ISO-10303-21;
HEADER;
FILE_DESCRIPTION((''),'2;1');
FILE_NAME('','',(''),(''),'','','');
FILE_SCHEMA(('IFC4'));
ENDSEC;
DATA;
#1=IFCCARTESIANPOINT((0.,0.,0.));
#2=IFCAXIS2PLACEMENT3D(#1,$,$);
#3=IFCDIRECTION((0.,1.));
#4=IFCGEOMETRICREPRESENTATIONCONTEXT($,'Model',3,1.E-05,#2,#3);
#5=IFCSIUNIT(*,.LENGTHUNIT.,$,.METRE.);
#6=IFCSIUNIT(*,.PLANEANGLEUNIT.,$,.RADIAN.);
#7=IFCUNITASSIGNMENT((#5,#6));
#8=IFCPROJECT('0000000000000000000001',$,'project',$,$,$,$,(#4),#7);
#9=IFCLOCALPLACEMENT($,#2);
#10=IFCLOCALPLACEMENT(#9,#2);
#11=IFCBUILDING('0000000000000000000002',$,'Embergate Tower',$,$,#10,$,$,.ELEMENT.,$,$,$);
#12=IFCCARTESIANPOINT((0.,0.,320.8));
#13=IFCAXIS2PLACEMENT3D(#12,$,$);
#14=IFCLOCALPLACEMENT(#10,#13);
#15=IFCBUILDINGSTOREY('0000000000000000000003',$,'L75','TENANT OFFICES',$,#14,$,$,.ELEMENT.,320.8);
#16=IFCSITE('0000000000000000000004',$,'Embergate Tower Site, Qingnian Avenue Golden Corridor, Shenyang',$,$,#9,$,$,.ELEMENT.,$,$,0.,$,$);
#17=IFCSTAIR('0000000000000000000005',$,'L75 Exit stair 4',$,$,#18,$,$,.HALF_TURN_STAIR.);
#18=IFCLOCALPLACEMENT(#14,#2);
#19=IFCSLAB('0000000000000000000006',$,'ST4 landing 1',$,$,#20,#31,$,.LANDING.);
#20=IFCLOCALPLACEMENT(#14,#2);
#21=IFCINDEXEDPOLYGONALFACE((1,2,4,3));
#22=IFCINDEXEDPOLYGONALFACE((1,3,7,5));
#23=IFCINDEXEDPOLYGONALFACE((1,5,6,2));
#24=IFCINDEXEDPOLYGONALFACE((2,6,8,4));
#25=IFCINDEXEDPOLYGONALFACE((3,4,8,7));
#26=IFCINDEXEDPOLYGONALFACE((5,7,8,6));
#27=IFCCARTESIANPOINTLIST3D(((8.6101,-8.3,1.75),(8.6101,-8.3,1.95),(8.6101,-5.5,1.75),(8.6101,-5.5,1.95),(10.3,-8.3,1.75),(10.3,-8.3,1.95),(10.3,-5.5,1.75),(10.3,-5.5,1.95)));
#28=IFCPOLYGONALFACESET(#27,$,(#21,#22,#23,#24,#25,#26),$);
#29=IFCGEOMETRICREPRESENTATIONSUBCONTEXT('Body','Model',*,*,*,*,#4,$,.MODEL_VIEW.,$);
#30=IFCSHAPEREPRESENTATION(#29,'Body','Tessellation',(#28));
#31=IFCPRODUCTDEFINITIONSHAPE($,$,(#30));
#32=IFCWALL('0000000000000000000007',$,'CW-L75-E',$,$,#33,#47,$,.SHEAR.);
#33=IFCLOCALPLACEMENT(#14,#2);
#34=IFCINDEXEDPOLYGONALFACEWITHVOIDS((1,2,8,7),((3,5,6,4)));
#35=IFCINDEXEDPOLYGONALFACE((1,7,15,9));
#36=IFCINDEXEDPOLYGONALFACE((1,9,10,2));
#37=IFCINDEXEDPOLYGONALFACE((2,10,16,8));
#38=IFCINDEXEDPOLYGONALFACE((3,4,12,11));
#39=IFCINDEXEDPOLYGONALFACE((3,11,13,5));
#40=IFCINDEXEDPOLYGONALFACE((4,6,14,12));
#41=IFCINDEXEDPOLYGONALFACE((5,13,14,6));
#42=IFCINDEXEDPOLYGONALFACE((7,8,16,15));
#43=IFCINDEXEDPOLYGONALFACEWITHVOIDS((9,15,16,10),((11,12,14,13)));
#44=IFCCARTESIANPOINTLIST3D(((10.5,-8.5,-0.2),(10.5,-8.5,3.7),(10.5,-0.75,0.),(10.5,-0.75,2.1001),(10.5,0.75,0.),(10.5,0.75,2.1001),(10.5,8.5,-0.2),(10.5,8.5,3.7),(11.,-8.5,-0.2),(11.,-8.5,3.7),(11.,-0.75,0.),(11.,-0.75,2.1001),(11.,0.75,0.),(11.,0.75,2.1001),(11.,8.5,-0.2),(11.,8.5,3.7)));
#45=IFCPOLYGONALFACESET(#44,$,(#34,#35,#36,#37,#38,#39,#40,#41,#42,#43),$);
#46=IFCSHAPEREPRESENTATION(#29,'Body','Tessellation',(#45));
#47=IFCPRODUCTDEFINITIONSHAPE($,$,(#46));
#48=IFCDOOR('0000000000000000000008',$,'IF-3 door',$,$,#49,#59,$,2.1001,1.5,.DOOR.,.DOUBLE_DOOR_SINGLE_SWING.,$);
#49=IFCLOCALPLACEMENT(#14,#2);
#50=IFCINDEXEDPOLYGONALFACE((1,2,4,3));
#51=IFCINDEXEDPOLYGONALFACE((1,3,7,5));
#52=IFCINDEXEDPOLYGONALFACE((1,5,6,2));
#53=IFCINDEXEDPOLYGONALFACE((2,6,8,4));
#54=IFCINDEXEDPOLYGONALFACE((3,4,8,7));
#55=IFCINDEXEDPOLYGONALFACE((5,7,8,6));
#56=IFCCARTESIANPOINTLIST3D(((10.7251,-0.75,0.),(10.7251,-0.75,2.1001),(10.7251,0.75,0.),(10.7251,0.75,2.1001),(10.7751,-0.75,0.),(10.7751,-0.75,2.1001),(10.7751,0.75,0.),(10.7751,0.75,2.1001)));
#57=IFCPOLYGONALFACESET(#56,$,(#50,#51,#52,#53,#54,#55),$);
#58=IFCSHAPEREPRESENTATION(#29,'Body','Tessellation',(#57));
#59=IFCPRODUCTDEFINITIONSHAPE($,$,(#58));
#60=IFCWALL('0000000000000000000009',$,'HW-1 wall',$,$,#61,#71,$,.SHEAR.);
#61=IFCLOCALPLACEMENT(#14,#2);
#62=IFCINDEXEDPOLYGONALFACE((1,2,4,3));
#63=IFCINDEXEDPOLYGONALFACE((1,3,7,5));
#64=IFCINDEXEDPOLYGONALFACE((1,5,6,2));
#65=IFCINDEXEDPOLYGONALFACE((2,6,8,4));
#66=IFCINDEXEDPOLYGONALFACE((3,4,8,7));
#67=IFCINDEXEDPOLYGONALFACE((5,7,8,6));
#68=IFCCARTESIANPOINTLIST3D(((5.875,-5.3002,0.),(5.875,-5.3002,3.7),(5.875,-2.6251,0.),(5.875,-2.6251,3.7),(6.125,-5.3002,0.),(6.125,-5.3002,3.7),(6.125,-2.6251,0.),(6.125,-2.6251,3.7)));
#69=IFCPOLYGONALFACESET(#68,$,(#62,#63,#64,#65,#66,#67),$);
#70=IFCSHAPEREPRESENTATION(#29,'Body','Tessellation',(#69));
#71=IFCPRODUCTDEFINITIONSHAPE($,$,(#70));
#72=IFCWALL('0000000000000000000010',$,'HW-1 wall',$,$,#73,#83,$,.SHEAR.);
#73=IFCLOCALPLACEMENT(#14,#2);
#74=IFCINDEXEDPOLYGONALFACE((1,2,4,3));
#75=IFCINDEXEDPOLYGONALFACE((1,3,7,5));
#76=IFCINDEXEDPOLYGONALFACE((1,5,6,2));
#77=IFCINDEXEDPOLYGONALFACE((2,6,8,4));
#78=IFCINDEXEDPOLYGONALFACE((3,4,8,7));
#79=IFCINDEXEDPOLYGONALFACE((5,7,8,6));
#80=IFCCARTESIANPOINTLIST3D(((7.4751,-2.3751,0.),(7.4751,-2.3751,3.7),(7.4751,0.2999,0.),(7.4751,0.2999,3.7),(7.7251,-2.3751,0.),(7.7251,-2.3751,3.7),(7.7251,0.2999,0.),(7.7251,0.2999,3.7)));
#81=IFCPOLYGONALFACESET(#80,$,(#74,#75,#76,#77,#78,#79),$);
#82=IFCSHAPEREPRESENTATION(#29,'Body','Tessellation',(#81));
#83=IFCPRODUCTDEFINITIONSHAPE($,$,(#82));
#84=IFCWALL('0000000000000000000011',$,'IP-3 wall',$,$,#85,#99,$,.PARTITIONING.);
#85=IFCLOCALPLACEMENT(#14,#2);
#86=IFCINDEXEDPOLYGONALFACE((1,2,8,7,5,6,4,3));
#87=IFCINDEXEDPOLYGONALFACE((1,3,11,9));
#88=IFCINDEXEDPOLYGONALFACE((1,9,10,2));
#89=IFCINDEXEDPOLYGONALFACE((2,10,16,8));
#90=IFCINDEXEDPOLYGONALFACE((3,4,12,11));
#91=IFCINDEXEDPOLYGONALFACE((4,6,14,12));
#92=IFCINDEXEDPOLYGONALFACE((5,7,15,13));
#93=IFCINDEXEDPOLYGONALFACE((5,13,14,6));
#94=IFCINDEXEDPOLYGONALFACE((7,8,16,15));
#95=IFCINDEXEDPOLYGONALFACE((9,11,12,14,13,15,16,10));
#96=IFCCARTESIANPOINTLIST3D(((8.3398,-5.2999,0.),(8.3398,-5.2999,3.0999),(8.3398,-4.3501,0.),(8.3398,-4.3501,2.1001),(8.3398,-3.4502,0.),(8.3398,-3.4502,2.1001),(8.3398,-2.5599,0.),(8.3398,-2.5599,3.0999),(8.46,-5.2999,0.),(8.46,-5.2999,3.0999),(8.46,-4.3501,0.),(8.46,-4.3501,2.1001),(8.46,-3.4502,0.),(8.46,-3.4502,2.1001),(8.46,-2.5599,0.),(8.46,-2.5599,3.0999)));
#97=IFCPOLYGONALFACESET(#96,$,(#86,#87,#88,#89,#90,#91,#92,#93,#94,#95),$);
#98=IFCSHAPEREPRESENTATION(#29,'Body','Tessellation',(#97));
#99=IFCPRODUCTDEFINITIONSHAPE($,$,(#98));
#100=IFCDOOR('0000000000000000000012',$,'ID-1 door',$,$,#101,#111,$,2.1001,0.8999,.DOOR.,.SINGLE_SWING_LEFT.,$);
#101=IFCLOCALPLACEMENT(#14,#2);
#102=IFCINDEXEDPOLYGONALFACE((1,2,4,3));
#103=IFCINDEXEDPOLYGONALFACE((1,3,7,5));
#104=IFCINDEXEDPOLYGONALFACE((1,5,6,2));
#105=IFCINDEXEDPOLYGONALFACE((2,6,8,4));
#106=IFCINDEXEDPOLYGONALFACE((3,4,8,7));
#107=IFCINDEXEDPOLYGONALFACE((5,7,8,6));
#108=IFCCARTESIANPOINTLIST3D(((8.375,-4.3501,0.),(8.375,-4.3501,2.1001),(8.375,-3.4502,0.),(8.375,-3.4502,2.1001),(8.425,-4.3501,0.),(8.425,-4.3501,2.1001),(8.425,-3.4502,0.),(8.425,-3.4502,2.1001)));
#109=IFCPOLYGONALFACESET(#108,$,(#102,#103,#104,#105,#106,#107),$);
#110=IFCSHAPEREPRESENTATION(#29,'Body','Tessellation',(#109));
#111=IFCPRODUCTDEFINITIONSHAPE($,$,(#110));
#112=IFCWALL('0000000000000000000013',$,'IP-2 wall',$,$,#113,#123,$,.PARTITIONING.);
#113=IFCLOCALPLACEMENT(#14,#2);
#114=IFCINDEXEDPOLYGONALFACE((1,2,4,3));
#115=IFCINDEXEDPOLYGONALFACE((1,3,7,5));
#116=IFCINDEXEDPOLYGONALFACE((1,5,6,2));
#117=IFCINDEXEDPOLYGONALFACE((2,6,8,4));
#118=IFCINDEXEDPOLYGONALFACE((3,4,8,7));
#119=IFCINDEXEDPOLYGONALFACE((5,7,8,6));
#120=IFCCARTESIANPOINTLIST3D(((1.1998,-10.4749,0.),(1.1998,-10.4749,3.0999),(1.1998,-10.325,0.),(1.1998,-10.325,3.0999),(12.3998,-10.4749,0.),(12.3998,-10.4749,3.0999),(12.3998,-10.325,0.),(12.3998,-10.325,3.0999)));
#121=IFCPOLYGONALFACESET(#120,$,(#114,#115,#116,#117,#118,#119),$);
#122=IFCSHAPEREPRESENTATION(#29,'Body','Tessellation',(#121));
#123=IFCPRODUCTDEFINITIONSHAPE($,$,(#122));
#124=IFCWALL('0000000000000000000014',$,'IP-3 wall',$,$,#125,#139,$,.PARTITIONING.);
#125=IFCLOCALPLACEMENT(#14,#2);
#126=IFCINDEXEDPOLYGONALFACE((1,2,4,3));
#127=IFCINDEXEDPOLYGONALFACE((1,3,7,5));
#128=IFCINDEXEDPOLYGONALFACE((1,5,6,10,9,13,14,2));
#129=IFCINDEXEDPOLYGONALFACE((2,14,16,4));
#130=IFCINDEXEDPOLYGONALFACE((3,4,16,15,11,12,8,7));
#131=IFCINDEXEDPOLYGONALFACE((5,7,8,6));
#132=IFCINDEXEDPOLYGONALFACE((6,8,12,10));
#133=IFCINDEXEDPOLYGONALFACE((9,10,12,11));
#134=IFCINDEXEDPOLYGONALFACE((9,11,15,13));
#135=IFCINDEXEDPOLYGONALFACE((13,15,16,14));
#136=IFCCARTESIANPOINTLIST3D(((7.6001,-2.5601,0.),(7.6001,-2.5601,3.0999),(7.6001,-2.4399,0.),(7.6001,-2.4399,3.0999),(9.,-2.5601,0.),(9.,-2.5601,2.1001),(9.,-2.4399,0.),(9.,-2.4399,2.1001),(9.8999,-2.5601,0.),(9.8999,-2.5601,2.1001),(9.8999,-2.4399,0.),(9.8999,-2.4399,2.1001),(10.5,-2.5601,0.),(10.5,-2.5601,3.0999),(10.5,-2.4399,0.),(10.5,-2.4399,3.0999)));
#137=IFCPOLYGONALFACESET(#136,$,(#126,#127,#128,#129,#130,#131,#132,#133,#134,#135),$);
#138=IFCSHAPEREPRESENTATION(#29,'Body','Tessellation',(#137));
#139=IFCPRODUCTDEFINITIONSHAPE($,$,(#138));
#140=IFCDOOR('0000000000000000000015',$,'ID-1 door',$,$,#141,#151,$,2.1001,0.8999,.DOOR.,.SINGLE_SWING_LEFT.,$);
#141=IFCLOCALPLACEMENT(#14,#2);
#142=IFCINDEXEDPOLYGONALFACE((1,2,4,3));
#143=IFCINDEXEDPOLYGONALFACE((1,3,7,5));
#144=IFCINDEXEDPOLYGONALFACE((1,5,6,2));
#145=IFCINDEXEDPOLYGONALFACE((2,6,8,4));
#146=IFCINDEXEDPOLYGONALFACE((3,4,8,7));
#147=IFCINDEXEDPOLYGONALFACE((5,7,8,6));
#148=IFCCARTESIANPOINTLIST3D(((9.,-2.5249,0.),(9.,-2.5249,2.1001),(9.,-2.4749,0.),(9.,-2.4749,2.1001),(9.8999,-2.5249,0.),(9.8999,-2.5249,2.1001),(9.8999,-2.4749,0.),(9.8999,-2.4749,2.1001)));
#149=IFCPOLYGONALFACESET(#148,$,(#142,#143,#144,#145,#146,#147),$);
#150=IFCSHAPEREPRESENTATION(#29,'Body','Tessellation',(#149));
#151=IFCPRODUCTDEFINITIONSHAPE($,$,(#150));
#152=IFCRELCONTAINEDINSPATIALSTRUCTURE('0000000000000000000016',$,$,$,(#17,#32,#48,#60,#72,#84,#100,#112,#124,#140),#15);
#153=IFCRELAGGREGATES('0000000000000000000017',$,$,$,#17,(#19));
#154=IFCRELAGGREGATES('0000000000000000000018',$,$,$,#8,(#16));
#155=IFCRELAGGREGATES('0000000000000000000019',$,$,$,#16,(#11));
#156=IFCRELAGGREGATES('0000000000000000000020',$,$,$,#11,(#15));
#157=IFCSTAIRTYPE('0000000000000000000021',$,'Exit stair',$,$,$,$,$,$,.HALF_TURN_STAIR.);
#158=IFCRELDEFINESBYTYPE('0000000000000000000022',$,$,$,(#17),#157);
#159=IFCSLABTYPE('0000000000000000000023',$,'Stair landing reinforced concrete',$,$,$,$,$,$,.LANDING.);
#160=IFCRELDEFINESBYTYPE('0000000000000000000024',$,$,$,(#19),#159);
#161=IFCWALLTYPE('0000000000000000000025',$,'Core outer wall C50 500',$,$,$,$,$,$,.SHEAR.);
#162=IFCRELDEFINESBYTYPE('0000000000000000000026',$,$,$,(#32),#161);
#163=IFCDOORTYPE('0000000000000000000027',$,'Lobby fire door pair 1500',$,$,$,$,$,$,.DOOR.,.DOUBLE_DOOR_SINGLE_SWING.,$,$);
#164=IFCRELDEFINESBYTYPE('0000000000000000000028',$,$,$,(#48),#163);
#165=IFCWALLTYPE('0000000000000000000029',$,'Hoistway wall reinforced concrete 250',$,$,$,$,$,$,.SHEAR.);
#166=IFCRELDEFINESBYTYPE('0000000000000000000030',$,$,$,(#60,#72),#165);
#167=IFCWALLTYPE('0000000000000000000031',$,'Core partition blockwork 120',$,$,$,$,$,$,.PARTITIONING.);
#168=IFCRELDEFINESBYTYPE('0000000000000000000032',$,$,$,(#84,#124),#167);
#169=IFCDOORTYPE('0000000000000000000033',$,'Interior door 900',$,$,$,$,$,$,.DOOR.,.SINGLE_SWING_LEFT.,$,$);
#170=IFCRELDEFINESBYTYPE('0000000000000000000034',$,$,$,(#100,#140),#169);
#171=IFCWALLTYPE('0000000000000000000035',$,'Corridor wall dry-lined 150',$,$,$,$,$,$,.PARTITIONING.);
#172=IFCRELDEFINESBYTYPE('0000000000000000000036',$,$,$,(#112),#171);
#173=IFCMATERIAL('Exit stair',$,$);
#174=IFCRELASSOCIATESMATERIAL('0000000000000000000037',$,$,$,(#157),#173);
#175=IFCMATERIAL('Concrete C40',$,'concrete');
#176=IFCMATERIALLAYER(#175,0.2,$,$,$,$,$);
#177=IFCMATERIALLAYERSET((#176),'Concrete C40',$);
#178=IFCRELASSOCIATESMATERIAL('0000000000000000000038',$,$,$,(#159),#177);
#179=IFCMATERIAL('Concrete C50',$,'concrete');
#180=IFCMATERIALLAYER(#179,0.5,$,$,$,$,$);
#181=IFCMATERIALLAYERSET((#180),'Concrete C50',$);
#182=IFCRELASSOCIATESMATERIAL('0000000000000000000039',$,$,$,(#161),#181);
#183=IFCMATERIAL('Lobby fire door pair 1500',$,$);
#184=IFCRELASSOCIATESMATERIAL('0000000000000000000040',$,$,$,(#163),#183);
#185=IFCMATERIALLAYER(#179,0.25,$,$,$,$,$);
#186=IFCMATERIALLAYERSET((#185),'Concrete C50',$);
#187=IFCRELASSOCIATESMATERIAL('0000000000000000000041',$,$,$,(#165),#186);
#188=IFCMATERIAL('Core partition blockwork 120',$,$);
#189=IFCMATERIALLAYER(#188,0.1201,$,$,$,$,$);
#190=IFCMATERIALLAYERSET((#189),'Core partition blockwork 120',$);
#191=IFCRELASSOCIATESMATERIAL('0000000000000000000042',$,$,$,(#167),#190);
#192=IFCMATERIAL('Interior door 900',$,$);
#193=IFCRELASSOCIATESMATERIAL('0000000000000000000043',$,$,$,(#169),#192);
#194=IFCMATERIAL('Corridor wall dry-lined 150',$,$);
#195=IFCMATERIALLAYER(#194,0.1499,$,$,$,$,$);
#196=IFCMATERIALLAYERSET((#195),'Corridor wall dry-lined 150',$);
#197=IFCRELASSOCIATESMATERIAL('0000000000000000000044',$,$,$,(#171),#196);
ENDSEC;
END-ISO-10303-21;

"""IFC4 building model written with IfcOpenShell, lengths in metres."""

from ifc_helpers import new_model, si_unit, direction, frame, frame_2d, origin, place, context, subcontext, project, spatial, polyline, rectangle, outline, extrude, source, transform, mapped, material, layer, layer_set, type_object, element, fill, aggregate, save


model = new_model("IFC4")

# Units and contexts
model_context = context("Model", 3, precision=1e-05, world=origin(), true_north=direction((0.0, 1.0)))
body_context = subcontext(model_context, "Body", "Model", "MODEL_VIEW")
ifc_project = project(units=[si_unit("LENGTHUNIT", "METRE"), si_unit("PLANEANGLEUNIT", "RADIAN")], contexts=[model_context])

# Site, building, storey
site_placement = place(None, origin())
site = spatial("IfcSite", under=ifc_project, at=site_placement, Name="Embergate Tower Site, Qingnian Avenue Golden Corridor, Shenyang", CompositionType="ELEMENT", RefElevation=0.0)
building_placement = place(site_placement, origin())
building = spatial("IfcBuilding", under=site, at=building_placement, Name="Embergate Tower", CompositionType="ELEMENT")
storey_placement = place(building_placement, frame((0.0, 0.0, 320.8)))
storey = spatial("IfcBuildingStorey", under=building, at=storey_placement, Name="L75", Description="TENANT OFFICES", CompositionType="ELEMENT", Elevation=320.8)

# Stair, slab
ifc_material_1 = material(Name="Exit stair")
stair_type = type_object("IfcStairType", Name="Exit stair", PredefinedType="HALF_TURN_STAIR", material=ifc_material_1)
stair_placement = place(storey_placement, origin())
stair = element("IfcStair", 1, at=stair_placement, inside=storey, type_object=stair_type, Name="L75 Exit stair 4", PredefinedType="HALF_TURN_STAIR")
ifc_material_2 = material(Name="Concrete C40", Category="concrete")
ifc_layer_1 = layer(ifc_material_2, 0.2)
ifc_layer_set_1 = layer_set([ifc_layer_1], Name="Concrete C40")
slab_type = type_object("IfcSlabType", Name="Stair landing reinforced concrete", PredefinedType="LANDING", material=ifc_layer_set_1)
shared_shape_1 = source(origin(), body_context, "Body", "SweptSolid", [
    extrude(outline(polyline([(0.0, 0.0), (1.6899, 0.0), (1.6899, 2.8), (0.0, 2.8), (0.0, 0.0)])), origin(), (0.0, 0.0, 1.0), 0.2),
])
slab_placement = place(storey_placement, frame((8.6101, -8.3, 1.75)))
slab = element("IfcSlab", 2, at=slab_placement, type_object=slab_type, Name="ST4 landing 1", PredefinedType="LANDING", context=body_context, shape_type="MappedRepresentation", body=[
    mapped(shared_shape_1, transform((0.0, 0.0, 0.0))),
])

# Wall, opening, door
ifc_material_3 = material(Name="Concrete C50", Category="concrete")
ifc_layer_2 = layer(ifc_material_3, 0.5)
ifc_layer_set_2 = layer_set([ifc_layer_2], Name="Concrete C50")
wall_type_1 = type_object("IfcWallType", Name="Core outer wall C50 500", PredefinedType="SHEAR", material=ifc_layer_set_2)
shared_shape_2 = source(origin(), body_context, "Body", "SweptSolid", [
    extrude(rectangle(XDim=17.0, YDim=0.5, at=frame_2d((8.5, 0.0))), origin(), (0.0, 0.0, 1.0), 3.8999),
])
wall_1_placement = place(storey_placement, frame((10.75, -8.5, -0.2), z_axis=(0.0, 0.0, 1.0), x_axis=(0.0, 1.0, 0.0)))
wall_1 = element("IfcWall", 3, at=wall_1_placement, inside=storey, type_object=wall_type_1, Name="CW-L75-E", PredefinedType="SHEAR", context=body_context, shape_type="MappedRepresentation", body=[
    mapped(shared_shape_2, transform((0.0, 0.0, 0.0))),
])
shared_shape_3 = source(origin(), body_context, "Body", "SweptSolid", [
    extrude(rectangle(XDim=1.5, YDim=2.1001, at=frame_2d((0.75, 1.05))), frame((0.0, 0.26, 0.0), z_axis=(0.0, -1.0, 0.0), x_axis=(1.0, 0.0, 0.0)), (0.0, 0.0, 1.0), 0.52),
])
opening_1_placement = place(wall_1_placement, frame((7.75, 0.0, 0.2)))
opening_1 = element("IfcOpeningElement", 4, at=opening_1_placement, cuts=wall_1, PredefinedType="OPENING", context=body_context, shape_type="MappedRepresentation", body=[
    mapped(shared_shape_3, transform((0.0, 0.0, 0.0))),
])
ifc_material_4 = material(Name="Lobby fire door pair 1500")
door_type_1 = type_object("IfcDoorType", Name="Lobby fire door pair 1500", OperationType="DOUBLE_DOOR_SINGLE_SWING", PredefinedType="DOOR", material=ifc_material_4)
shared_shape_4 = source(origin(), body_context, "Body", "SweptSolid", [
    extrude(rectangle(XDim=1.5, YDim=2.1001, at=frame_2d((0.75, 1.05))), frame((0.0, 0.0249, 0.0), z_axis=(0.0, -1.0, 0.0), x_axis=(1.0, 0.0, 0.0)), (0.0, 0.0, 1.0), 0.05),
])
door_1_placement = place(opening_1_placement, origin())
door_1 = element("IfcDoor", 5, at=door_1_placement, inside=storey, type_object=door_type_1, Name="IF-3 door", OperationType="DOUBLE_DOOR_SINGLE_SWING", OverallHeight=2.1001, OverallWidth=1.5, PredefinedType="DOOR", context=body_context, shape_type="MappedRepresentation", body=[
    mapped(shared_shape_4, transform((0.0, 0.0, 0.0))),
])
fill(opening_1, door_1)

# Walls
ifc_layer_3 = layer(ifc_material_3, 0.25)
ifc_layer_set_3 = layer_set([ifc_layer_3], Name="Concrete C50")
wall_type_2 = type_object("IfcWallType", Name="Hoistway wall reinforced concrete 250", PredefinedType="SHEAR", material=ifc_layer_set_3)
shared_shape_5 = source(origin(), body_context, "Body", "SweptSolid", [
    extrude(rectangle(XDim=2.675, YDim=0.25, at=frame_2d((1.3374, 0.0))), origin(), (0.0, 0.0, 1.0), 3.7),
])
for number, where, z_axis, x_axis, name in (
    (6, (6.0, -5.3, 0.0), (0.0, 0.0, 1.0), (0.0, 1.0, 0.0), "HW-1 wall"),
    (7, (7.6001, -2.375, 0.0), (0.0, 0.0, 1.0), (0.0, 1.0, 0.0), "HW-1 wall"),
):
    element("IfcWall", number, at=place(storey_placement, frame(where, z_axis=z_axis, x_axis=x_axis)), inside=storey, type_object=wall_type_2, Name=name, PredefinedType="SHEAR", context=body_context, shape_type="MappedRepresentation", body=[
        mapped(shared_shape_5, transform((0.0, 0.0, 0.0))),
    ])

# Wall, opening, door
ifc_material_5 = material(Name="Core partition blockwork 120")
ifc_layer_4 = layer(ifc_material_5, 0.1201)
ifc_layer_set_4 = layer_set([ifc_layer_4], Name="Core partition blockwork 120")
wall_type_3 = type_object("IfcWallType", Name="Core partition blockwork 120", PredefinedType="PARTITIONING", material=ifc_layer_set_4)
shared_shape_6 = source(origin(), body_context, "Body", "SweptSolid", [
    extrude(rectangle(XDim=2.74, YDim=0.1201, at=frame_2d((1.3701, 0.0))), origin(), (0.0, 0.0, 1.0), 3.0999),
])
wall_2_placement = place(storey_placement, frame((8.3999, -5.3, 0.0), z_axis=(0.0, 0.0, 1.0), x_axis=(0.0, 1.0, 0.0)))
wall_2 = element("IfcWall", 8, at=wall_2_placement, inside=storey, type_object=wall_type_3, Name="IP-3 wall", PredefinedType="PARTITIONING", context=body_context, shape_type="MappedRepresentation", body=[
    mapped(shared_shape_6, transform((0.0, 0.0, 0.0))),
])
shared_shape_7 = source(origin(), body_context, "Body", "SweptSolid", [
    extrude(rectangle(XDim=0.8999, YDim=2.1001, at=frame_2d((0.45, 1.05))), frame((0.0, 0.0701, 0.0), z_axis=(0.0, -1.0, 0.0), x_axis=(1.0, 0.0, 0.0)), (0.0, 0.0, 1.0), 0.1401),
])
opening_2_placement = place(wall_2_placement, frame((0.95, 0.0, 0.0)))
opening_2 = element("IfcOpeningElement", 9, at=opening_2_placement, cuts=wall_2, PredefinedType="OPENING", context=body_context, shape_type="MappedRepresentation", body=[
    mapped(shared_shape_7, transform((0.0, 0.0, 0.0))),
])
ifc_material_6 = material(Name="Interior door 900")
door_type_2 = type_object("IfcDoorType", Name="Interior door 900", OperationType="SINGLE_SWING_LEFT", PredefinedType="DOOR", material=ifc_material_6)
shared_shape_8 = source(origin(), body_context, "Body", "SweptSolid", [
    extrude(rectangle(XDim=0.8999, YDim=2.1001, at=frame_2d((0.45, 1.05))), frame((0.0, 0.0249, 0.0), z_axis=(0.0, -1.0, 0.0), x_axis=(1.0, 0.0, 0.0)), (0.0, 0.0, 1.0), 0.05),
])
door_2_placement = place(opening_2_placement, origin())
door_2 = element("IfcDoor", 10, at=door_2_placement, inside=storey, type_object=door_type_2, Name="ID-1 door", OperationType="SINGLE_SWING_LEFT", OverallHeight=2.1001, OverallWidth=0.8999, PredefinedType="DOOR", context=body_context, shape_type="MappedRepresentation", body=[
    mapped(shared_shape_8, transform((0.0, 0.0, 0.0))),
])
fill(opening_2, door_2)

# Wall
ifc_material_7 = material(Name="Corridor wall dry-lined 150")
ifc_layer_5 = layer(ifc_material_7, 0.1499)
ifc_layer_set_5 = layer_set([ifc_layer_5], Name="Corridor wall dry-lined 150")
wall_type_4 = type_object("IfcWallType", Name="Corridor wall dry-lined 150", PredefinedType="PARTITIONING", material=ifc_layer_set_5)
shared_shape_9 = source(origin(), body_context, "Body", "SweptSolid", [
    extrude(rectangle(XDim=11.2, YDim=0.1499, at=frame_2d((5.6001, 0.0))), origin(), (0.0, 0.0, 1.0), 3.0999),
])
wall_3_placement = place(storey_placement, frame((12.3999, -10.3999, 0.0), z_axis=(0.0, 0.0, 1.0), x_axis=(-1.0, 0.0, 0.0)))
element("IfcWall", 11, at=wall_3_placement, inside=storey, type_object=wall_type_4, Name="IP-2 wall", PredefinedType="PARTITIONING", context=body_context, shape_type="MappedRepresentation", body=[
    mapped(shared_shape_9, transform((0.0, 0.0, 0.0))),
])

# Wall, opening, door
shared_shape_10 = source(origin(), body_context, "Body", "SweptSolid", [
    extrude(rectangle(XDim=2.8999, YDim=0.1201, at=frame_2d((1.45, 0.0))), origin(), (0.0, 0.0, 1.0), 3.0999),
])
wall_4_placement = place(storey_placement, frame((10.5, -2.5, 0.0), z_axis=(0.0, 0.0, 1.0), x_axis=(-1.0, 0.0, 0.0)))
wall_4 = element("IfcWall", 12, at=wall_4_placement, inside=storey, type_object=wall_type_3, Name="IP-3 wall", PredefinedType="PARTITIONING", context=body_context, shape_type="MappedRepresentation", body=[
    mapped(shared_shape_10, transform((0.0, 0.0, 0.0))),
])
opening_3_placement = place(wall_4_placement, frame((0.6001, 0.0, 0.0)))
opening_3 = element("IfcOpeningElement", 13, at=opening_3_placement, cuts=wall_4, PredefinedType="OPENING", context=body_context, shape_type="MappedRepresentation", body=[
    mapped(shared_shape_7, transform((0.0, 0.0, 0.0))),
])
door_3_placement = place(opening_3_placement, origin())
door_3 = element("IfcDoor", 14, at=door_3_placement, inside=storey, type_object=door_type_2, Name="ID-1 door", OperationType="SINGLE_SWING_LEFT", OverallHeight=2.1001, OverallWidth=0.8999, PredefinedType="DOOR", context=body_context, shape_type="MappedRepresentation", body=[
    mapped(shared_shape_8, transform((0.0, 0.0, 0.0))),
])
fill(opening_3, door_3)

aggregate(stair, [slab])

save(model, "model.ifc")
